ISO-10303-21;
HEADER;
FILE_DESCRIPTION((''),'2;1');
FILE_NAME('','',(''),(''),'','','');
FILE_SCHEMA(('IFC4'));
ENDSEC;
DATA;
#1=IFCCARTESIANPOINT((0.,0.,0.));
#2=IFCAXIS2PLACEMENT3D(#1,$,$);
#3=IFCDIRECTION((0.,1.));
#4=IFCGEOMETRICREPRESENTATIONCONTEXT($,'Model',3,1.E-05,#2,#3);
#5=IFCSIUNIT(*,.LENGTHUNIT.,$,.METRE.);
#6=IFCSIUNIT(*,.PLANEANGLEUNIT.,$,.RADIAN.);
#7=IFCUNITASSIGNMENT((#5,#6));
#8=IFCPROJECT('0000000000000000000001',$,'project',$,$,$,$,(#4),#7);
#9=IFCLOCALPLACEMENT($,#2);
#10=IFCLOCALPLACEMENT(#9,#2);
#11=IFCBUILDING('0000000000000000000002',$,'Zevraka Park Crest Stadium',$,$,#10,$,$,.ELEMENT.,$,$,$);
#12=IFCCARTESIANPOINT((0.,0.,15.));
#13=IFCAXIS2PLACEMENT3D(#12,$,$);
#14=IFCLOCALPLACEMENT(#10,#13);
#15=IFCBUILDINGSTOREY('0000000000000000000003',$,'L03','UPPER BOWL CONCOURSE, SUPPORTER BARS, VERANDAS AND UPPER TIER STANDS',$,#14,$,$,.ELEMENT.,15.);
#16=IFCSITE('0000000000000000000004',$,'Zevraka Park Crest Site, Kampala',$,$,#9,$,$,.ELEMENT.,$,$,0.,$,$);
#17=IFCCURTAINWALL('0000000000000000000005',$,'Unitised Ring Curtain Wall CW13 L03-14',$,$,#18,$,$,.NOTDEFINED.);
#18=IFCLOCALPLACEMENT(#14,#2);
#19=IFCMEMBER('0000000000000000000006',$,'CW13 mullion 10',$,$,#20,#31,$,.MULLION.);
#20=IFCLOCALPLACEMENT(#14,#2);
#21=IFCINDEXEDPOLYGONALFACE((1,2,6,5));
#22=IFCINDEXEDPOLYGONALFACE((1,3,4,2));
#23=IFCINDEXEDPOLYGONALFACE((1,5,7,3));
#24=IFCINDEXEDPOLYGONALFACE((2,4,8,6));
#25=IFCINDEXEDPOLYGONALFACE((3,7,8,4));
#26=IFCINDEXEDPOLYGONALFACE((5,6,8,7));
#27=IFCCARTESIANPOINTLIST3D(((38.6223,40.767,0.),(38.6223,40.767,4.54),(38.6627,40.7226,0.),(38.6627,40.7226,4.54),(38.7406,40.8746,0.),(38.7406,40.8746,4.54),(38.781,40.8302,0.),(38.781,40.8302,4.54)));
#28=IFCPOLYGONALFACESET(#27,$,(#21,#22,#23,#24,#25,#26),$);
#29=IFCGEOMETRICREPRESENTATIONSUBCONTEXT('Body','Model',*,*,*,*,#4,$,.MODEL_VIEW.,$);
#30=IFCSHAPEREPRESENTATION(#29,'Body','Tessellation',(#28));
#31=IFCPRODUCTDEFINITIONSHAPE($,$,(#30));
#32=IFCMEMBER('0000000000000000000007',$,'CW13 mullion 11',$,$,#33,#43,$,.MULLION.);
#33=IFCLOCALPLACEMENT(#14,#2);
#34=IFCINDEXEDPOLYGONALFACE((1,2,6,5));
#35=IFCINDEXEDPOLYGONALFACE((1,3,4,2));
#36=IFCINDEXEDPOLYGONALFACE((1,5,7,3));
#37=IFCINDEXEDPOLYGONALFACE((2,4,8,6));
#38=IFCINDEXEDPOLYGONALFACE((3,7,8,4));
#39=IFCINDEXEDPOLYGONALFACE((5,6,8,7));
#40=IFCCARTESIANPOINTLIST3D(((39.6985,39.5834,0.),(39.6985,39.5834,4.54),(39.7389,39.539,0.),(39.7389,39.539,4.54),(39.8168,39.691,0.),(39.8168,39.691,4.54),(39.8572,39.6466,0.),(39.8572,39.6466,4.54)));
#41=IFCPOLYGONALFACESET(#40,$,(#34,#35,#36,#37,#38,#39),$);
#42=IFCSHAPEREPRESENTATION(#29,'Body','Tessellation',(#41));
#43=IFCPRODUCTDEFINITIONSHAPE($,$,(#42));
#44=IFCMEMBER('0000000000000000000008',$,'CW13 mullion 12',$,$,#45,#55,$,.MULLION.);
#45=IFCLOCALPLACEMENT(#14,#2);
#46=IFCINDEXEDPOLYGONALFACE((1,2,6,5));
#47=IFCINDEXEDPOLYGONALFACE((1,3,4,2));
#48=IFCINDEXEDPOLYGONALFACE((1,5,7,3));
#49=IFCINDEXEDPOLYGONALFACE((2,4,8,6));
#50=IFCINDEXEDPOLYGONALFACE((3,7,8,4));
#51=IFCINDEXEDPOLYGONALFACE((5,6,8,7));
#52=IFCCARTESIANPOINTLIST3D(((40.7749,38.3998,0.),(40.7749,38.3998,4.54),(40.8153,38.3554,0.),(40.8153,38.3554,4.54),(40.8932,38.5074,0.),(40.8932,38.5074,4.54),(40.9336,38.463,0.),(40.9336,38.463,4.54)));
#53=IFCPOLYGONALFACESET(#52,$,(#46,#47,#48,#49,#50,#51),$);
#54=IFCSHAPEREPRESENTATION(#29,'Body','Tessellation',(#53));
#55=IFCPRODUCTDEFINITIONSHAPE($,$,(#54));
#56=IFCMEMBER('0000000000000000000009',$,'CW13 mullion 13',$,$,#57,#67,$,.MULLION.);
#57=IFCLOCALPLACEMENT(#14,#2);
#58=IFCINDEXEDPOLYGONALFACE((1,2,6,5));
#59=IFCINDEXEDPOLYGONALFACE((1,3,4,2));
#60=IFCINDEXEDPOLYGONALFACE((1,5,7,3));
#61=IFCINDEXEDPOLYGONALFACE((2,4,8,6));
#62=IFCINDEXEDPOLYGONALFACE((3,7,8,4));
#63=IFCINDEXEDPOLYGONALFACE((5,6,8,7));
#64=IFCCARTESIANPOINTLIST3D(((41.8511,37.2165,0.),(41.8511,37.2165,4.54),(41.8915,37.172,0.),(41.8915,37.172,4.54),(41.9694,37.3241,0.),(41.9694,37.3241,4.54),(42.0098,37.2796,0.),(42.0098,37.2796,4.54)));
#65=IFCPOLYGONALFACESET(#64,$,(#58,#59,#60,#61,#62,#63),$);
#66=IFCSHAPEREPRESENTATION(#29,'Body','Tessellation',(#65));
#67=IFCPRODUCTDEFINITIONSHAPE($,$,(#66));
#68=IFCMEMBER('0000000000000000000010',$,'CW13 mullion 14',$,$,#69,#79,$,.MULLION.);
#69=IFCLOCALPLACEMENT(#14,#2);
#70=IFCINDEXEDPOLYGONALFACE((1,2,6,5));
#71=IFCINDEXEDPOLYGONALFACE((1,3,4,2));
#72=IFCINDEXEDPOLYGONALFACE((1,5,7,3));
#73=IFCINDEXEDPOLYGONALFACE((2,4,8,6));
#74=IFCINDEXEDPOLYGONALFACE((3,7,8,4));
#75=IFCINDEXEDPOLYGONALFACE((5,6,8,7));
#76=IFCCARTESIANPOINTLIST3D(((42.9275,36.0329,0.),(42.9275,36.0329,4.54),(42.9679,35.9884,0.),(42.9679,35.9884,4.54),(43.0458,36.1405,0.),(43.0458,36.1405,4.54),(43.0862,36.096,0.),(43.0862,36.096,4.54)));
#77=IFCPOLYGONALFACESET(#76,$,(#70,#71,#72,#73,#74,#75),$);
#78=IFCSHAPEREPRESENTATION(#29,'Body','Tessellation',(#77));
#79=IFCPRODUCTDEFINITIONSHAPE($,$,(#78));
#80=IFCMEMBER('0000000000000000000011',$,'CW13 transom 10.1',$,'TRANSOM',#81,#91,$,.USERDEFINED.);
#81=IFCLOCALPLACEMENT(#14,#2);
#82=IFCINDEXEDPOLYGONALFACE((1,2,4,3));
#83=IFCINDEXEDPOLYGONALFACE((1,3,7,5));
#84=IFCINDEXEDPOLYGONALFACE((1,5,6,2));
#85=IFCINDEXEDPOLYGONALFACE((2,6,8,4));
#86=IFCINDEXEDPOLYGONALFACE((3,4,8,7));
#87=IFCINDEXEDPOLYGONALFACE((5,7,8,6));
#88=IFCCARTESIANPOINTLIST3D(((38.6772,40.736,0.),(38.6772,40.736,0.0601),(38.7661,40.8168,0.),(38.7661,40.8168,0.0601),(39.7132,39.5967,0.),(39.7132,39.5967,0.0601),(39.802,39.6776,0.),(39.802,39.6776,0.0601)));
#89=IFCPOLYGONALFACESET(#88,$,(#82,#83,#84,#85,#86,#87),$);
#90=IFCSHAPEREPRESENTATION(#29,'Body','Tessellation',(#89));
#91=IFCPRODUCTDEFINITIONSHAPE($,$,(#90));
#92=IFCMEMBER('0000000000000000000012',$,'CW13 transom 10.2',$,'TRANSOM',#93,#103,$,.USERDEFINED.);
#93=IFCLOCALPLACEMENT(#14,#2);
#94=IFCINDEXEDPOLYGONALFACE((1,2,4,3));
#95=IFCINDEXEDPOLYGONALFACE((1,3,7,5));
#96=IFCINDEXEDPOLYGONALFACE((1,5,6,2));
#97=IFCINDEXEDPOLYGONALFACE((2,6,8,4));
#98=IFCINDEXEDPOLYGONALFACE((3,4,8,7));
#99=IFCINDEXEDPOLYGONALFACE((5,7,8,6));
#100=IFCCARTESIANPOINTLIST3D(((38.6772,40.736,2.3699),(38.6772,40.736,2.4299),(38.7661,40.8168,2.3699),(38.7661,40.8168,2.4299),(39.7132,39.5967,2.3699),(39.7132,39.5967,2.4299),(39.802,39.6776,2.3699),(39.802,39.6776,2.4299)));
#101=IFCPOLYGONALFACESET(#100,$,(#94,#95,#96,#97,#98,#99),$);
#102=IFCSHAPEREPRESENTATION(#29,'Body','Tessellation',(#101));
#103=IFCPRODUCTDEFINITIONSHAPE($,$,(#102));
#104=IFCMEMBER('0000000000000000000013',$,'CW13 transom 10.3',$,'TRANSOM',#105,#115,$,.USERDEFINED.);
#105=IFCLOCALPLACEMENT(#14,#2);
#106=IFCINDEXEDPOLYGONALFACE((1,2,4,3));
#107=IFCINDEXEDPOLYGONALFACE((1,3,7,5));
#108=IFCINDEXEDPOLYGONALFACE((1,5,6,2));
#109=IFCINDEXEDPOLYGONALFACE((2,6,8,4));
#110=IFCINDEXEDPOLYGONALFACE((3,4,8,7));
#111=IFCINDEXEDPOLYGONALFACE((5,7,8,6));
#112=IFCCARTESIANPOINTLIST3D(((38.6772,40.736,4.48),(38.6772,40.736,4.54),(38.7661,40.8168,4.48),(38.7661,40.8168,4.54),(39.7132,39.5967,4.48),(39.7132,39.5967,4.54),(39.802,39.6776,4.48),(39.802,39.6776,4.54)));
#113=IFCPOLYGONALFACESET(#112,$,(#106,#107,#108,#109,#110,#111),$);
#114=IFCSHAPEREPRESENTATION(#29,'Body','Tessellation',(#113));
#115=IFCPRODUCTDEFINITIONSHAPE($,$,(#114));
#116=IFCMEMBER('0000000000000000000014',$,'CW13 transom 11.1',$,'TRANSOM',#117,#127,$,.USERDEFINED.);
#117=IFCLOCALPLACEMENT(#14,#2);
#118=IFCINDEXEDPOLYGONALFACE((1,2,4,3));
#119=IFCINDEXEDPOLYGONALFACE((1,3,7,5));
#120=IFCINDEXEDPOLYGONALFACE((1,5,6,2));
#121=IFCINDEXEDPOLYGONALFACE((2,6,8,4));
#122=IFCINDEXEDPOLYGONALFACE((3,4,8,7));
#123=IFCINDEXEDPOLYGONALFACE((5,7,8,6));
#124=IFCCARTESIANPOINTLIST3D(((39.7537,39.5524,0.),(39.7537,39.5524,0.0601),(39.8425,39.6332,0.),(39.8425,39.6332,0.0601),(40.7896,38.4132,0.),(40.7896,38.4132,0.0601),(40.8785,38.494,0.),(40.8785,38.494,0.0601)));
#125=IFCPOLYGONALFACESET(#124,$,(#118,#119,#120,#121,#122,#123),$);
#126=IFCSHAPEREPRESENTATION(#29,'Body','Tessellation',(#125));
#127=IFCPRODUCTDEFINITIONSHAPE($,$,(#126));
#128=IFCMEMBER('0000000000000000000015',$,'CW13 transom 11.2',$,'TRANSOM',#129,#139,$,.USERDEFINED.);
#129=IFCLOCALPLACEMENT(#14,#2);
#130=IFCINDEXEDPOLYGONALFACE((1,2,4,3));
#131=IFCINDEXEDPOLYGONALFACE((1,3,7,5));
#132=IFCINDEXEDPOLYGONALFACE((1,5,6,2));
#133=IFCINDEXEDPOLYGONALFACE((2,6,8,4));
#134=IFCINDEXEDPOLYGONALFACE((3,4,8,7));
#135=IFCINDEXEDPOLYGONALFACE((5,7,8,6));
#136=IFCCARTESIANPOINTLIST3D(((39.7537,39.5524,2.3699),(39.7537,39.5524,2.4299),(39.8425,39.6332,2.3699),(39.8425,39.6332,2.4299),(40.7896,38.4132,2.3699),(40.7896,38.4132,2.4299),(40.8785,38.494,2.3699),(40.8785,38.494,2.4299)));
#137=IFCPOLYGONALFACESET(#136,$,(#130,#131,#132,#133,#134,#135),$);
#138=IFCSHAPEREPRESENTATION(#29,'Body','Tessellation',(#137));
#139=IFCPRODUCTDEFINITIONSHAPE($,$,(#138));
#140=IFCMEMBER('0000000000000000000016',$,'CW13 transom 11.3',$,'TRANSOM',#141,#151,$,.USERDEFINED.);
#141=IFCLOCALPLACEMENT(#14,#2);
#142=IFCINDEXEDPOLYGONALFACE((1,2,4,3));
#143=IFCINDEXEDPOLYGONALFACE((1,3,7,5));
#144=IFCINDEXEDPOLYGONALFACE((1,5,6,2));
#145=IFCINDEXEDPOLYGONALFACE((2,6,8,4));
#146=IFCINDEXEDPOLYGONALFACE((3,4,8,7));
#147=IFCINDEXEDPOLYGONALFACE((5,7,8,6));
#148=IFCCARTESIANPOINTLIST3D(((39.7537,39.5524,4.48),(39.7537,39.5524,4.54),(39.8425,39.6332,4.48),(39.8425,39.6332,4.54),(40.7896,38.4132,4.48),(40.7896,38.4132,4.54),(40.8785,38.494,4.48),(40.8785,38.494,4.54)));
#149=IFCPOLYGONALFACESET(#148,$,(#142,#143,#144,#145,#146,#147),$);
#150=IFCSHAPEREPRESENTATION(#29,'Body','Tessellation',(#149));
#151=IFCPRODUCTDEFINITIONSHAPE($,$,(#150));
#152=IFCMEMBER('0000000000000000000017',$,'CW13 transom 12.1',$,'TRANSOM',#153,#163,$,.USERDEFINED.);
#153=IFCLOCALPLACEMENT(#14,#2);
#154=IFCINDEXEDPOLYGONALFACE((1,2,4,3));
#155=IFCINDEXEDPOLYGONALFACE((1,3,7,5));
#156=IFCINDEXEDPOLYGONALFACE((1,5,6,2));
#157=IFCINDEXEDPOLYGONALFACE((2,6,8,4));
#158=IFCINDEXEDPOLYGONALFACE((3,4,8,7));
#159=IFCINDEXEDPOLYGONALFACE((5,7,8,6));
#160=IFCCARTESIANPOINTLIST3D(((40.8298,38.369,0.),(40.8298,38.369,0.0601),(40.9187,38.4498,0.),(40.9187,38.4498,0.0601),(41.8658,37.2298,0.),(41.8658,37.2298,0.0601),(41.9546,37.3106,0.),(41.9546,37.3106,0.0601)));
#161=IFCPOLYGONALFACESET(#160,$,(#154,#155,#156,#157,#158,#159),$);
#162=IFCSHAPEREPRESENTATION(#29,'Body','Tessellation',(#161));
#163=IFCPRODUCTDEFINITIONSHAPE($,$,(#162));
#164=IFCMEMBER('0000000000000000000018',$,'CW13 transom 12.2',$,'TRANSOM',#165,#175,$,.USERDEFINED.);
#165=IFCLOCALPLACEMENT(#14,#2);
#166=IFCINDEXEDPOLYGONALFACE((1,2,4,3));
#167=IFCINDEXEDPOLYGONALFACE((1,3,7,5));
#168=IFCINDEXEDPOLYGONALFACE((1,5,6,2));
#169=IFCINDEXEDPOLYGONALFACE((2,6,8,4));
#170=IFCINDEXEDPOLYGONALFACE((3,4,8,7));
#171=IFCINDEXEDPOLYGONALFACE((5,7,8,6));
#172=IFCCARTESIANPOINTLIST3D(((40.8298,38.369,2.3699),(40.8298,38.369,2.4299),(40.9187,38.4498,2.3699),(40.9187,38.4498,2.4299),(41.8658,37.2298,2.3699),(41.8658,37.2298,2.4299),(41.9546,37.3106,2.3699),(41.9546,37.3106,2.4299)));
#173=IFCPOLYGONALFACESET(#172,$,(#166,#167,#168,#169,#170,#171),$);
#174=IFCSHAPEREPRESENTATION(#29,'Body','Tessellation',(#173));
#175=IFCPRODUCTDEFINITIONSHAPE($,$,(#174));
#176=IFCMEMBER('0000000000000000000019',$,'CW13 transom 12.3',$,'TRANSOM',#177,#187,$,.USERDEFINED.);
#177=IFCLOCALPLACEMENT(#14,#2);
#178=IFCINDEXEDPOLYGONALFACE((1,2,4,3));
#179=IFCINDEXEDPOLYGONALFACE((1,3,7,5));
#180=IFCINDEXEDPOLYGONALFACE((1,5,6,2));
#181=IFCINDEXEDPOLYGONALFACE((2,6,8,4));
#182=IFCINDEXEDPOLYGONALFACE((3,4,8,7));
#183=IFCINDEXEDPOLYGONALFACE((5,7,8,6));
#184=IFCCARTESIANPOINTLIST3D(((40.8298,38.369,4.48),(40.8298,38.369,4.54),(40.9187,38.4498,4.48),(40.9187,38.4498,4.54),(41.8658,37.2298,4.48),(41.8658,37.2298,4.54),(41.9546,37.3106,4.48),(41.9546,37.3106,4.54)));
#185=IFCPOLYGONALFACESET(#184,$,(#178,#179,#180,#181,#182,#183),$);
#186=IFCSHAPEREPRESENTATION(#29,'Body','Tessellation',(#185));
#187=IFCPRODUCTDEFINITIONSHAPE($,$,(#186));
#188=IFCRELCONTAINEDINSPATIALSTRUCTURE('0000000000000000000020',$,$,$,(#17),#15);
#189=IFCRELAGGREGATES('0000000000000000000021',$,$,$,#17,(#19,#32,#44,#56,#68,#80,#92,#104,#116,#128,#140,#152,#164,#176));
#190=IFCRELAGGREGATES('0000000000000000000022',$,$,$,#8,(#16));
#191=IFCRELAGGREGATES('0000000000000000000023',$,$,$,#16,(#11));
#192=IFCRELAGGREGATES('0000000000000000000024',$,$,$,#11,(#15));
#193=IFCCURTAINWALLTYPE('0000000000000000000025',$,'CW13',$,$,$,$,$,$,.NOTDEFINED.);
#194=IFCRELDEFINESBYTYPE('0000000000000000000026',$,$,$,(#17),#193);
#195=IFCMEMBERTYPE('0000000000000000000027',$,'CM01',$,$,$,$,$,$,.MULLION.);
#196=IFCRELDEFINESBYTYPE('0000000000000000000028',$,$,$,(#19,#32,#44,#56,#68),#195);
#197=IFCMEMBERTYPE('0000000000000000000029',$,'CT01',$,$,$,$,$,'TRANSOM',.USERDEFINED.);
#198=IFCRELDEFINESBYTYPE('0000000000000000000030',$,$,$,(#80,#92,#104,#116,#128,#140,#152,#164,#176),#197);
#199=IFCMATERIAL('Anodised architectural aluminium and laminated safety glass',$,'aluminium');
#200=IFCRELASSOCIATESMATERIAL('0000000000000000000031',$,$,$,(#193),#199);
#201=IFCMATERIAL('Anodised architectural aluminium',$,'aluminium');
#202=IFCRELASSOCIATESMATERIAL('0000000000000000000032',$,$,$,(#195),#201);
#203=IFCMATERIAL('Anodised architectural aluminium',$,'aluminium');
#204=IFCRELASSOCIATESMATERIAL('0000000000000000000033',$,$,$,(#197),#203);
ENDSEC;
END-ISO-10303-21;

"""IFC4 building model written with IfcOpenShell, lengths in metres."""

from ifc_helpers import new_model, si_unit, direction, frame, origin, origin_2d, place, context, subcontext, project, spatial, rectangle, extrude, material, material_profile, profile_set, type_object, element, aggregate, save


model = new_model("IFC4")

# Units and contexts
model_context = context("Model", 3, precision=1e-05, world=origin(), true_north=direction((0.0, 1.0)))
body_context = subcontext(model_context, "Body", "Model", "MODEL_VIEW")
ifc_project = project(units=[si_unit("LENGTHUNIT", "METRE"), si_unit("PLANEANGLEUNIT", "RADIAN")], contexts=[model_context])

# Site, building, storey
site_placement = place(None, origin())
site = spatial("IfcSite", under=ifc_project, at=site_placement, Name="Zevraka Park Crest Site, Kampala", CompositionType="ELEMENT", RefElevation=0.0)
building_placement = place(site_placement, origin())
building = spatial("IfcBuilding", under=site, at=building_placement, Name="Zevraka Park Crest Stadium", CompositionType="ELEMENT")
storey_placement = place(building_placement, frame((0.0, 0.0, 15.0)))
storey = spatial("IfcBuildingStorey", under=building, at=storey_placement, Name="L03", Description="UPPER BOWL CONCOURSE, SUPPORTER BARS, VERANDAS AND UPPER TIER STANDS", CompositionType="ELEMENT", Elevation=15.0)

# Curtain wall, members
ifc_material_1 = material(Name="Anodised architectural aluminium and laminated safety glass", Category="aluminium")
curtain_wall_type = type_object("IfcCurtainWallType", Name="CW13", PredefinedType="NOTDEFINED", material=ifc_material_1)
curtain_wall_placement = place(storey_placement, origin())
curtain_wall = element("IfcCurtainWall", 1, at=curtain_wall_placement, inside=storey, type_object=curtain_wall_type, Name="Unitised Ring Curtain Wall CW13 L03-14", PredefinedType="NOTDEFINED")
ifc_material_2 = material(Name="Anodised architectural aluminium", Category="aluminium")
ifc_material_profile_1 = material_profile(ifc_material_2, rectangle(XDim=0.1599, YDim=0.0601, at=origin_2d()), Name="ALU MULLION 160x60")
ifc_profile_set_1 = profile_set([ifc_material_profile_1], Name="Anodised architectural aluminium")
member_type_1 = type_object("IfcMemberType", Name="CM01", PredefinedType="MULLION", material=ifc_profile_set_1)
member_1_placement = place(storey_placement, frame((38.7017, 40.7986, 0.0), z_axis=(0.0, 0.0, 1.0), x_axis=(0.739823, 0.672802, 0.0)))
member_1 = element("IfcMember", 2, at=member_1_placement, type_object=member_type_1, Name="CW13 mullion 10", PredefinedType="MULLION", context=body_context, shape_type="SweptSolid", body=[
    extrude(rectangle(XDim=0.1599, YDim=0.0601, at=origin_2d()), origin(), (0.0, 0.0, 1.0), 4.54),
])
member_2_placement = place(storey_placement, frame((39.7778, 39.615, 0.0), z_axis=(0.0, 0.0, 1.0), x_axis=(0.739823, 0.672802, 0.0)))
member_2 = element("IfcMember", 3, at=member_2_placement, type_object=member_type_1, Name="CW13 mullion 11", PredefinedType="MULLION", context=body_context, shape_type="SweptSolid", body=[
    extrude(rectangle(XDim=0.1599, YDim=0.0601, at=origin_2d()), origin(), (0.0, 0.0, 1.0), 4.54),
])
member_3_placement = place(storey_placement, frame((40.8542, 38.4314, 0.0), z_axis=(0.0, 0.0, 1.0), x_axis=(0.739823, 0.672802, 0.0)))
member_3 = element("IfcMember", 4, at=member_3_placement, type_object=member_type_1, Name="CW13 mullion 12", PredefinedType="MULLION", context=body_context, shape_type="SweptSolid", body=[
    extrude(rectangle(XDim=0.1599, YDim=0.0601, at=origin_2d()), origin(), (0.0, 0.0, 1.0), 4.54),
])
member_4_placement = place(storey_placement, frame((41.9304, 37.248, 0.0), z_axis=(0.0, 0.0, 1.0), x_axis=(0.739823, 0.672802, 0.0)))
member_4 = element("IfcMember", 5, at=member_4_placement, type_object=member_type_1, Name="CW13 mullion 13", PredefinedType="MULLION", context=body_context, shape_type="SweptSolid", body=[
    extrude(rectangle(XDim=0.1599, YDim=0.0601, at=origin_2d()), origin(), (0.0, 0.0, 1.0), 4.54),
])
member_5_placement = place(storey_placement, frame((43.0068, 36.0645, 0.0), z_axis=(0.0, 0.0, 1.0), x_axis=(0.739823, 0.672802, 0.0)))
member_5 = element("IfcMember", 6, at=member_5_placement, type_object=member_type_1, Name="CW13 mullion 14", PredefinedType="MULLION", context=body_context, shape_type="SweptSolid", body=[
    extrude(rectangle(XDim=0.1599, YDim=0.0601, at=origin_2d()), origin(), (0.0, 0.0, 1.0), 4.54),
])
ifc_material_3 = material(Name="Anodised architectural aluminium", Category="aluminium")
ifc_material_profile_2 = material_profile(ifc_material_3, rectangle(XDim=0.1201, YDim=0.0601, at=origin_2d()), Name="ALU TRANSOM 120x60")
ifc_profile_set_2 = profile_set([ifc_material_profile_2], Name="Anodised architectural aluminium")
member_type_2 = type_object("IfcMemberType", Name="CT01", ElementType="TRANSOM", PredefinedType="USERDEFINED", material=ifc_profile_set_2)
member_6_placement = place(storey_placement, frame((38.7217, 40.7764, 0.03), z_axis=(0.672775, -0.739847, 0.0), x_axis=(0.739847, 0.672775, 0.0)))
member_6 = element("IfcMember", 7, at=member_6_placement, type_object=member_type_2, Name="CW13 transom 10.1", ObjectType="TRANSOM", PredefinedType="USERDEFINED", context=body_context, shape_type="SweptSolid", body=[
    extrude(rectangle(XDim=0.1201, YDim=0.0601, at=origin_2d()), origin(), (0.0, 0.0, 1.0), 1.5398),
])
member_7_placement = place(storey_placement, frame((38.7217, 40.7764, 2.3999), z_axis=(0.672775, -0.739847, 0.0), x_axis=(0.739847, 0.672775, 0.0)))
member_7 = element("IfcMember", 8, at=member_7_placement, type_object=member_type_2, Name="CW13 transom 10.2", ObjectType="TRANSOM", PredefinedType="USERDEFINED", context=body_context, shape_type="SweptSolid", body=[
    extrude(rectangle(XDim=0.1201, YDim=0.0601, at=origin_2d()), origin(), (0.0, 0.0, 1.0), 1.5398),
])
member_8_placement = place(storey_placement, frame((38.7217, 40.7764, 4.51), z_axis=(0.672775, -0.739847, 0.0), x_axis=(0.739847, 0.672775, 0.0)))
member_8 = element("IfcMember", 9, at=member_8_placement, type_object=member_type_2, Name="CW13 transom 10.3", ObjectType="TRANSOM", PredefinedType="USERDEFINED", context=body_context, shape_type="SweptSolid", body=[
    extrude(rectangle(XDim=0.1201, YDim=0.0601, at=origin_2d()), origin(), (0.0, 0.0, 1.0), 1.5398),
])
member_9_placement = place(storey_placement, frame((39.7981, 39.5928, 0.03), z_axis=(0.672775, -0.739847, 0.0), x_axis=(0.739847, 0.672775, 0.0)))
member_9 = element("IfcMember", 10, at=member_9_placement, type_object=member_type_2, Name="CW13 transom 11.1", ObjectType="TRANSOM", PredefinedType="USERDEFINED", context=body_context, shape_type="SweptSolid", body=[
    extrude(rectangle(XDim=0.1201, YDim=0.0601, at=origin_2d()), origin(), (0.0, 0.0, 1.0), 1.5398),
])
member_10_placement = place(storey_placement, frame((39.7981, 39.5928, 2.3999), z_axis=(0.672775, -0.739847, 0.0), x_axis=(0.739847, 0.672775, 0.0)))
member_10 = element("IfcMember", 11, at=member_10_placement, type_object=member_type_2, Name="CW13 transom 11.2", ObjectType="TRANSOM", PredefinedType="USERDEFINED", context=body_context, shape_type="SweptSolid", body=[
    extrude(rectangle(XDim=0.1201, YDim=0.0601, at=origin_2d()), origin(), (0.0, 0.0, 1.0), 1.5398),
])
member_11_placement = place(storey_placement, frame((39.7981, 39.5928, 4.51), z_axis=(0.672775, -0.739847, 0.0), x_axis=(0.739847, 0.672775, 0.0)))
member_11 = element("IfcMember", 12, at=member_11_placement, type_object=member_type_2, Name="CW13 transom 11.3", ObjectType="TRANSOM", PredefinedType="USERDEFINED", context=body_context, shape_type="SweptSolid", body=[
    extrude(rectangle(XDim=0.1201, YDim=0.0601, at=origin_2d()), origin(), (0.0, 0.0, 1.0), 1.5398),
])
member_12_placement = place(storey_placement, frame((40.8743, 38.4094, 0.03), z_axis=(0.672775, -0.739847, 0.0), x_axis=(0.739847, 0.672775, 0.0)))
member_12 = element("IfcMember", 13, at=member_12_placement, type_object=member_type_2, Name="CW13 transom 12.1", ObjectType="TRANSOM", PredefinedType="USERDEFINED", context=body_context, shape_type="SweptSolid", body=[
    extrude(rectangle(XDim=0.1201, YDim=0.0601, at=origin_2d()), origin(), (0.0, 0.0, 1.0), 1.5398),
])
member_13_placement = place(storey_placement, frame((40.8743, 38.4094, 2.3999), z_axis=(0.672775, -0.739847, 0.0), x_axis=(0.739847, 0.672775, 0.0)))
member_13 = element("IfcMember", 14, at=member_13_placement, type_object=member_type_2, Name="CW13 transom 12.2", ObjectType="TRANSOM", PredefinedType="USERDEFINED", context=body_context, shape_type="SweptSolid", body=[
    extrude(rectangle(XDim=0.1201, YDim=0.0601, at=origin_2d()), origin(), (0.0, 0.0, 1.0), 1.5398),
])
member_14_placement = place(storey_placement, frame((40.8743, 38.4094, 4.51), z_axis=(0.672775, -0.739847, 0.0), x_axis=(0.739847, 0.672775, 0.0)))
member_14 = element("IfcMember", 15, at=member_14_placement, type_object=member_type_2, Name="CW13 transom 12.3", ObjectType="TRANSOM", PredefinedType="USERDEFINED", context=body_context, shape_type="SweptSolid", body=[
    extrude(rectangle(XDim=0.1201, YDim=0.0601, at=origin_2d()), origin(), (0.0, 0.0, 1.0), 1.5398),
])
aggregate(curtain_wall, [member_1, member_2, member_3, member_4, member_5, member_6, member_7, member_8, member_9, member_10, member_11, member_12, member_13, member_14])

save(model, "model.ifc")
